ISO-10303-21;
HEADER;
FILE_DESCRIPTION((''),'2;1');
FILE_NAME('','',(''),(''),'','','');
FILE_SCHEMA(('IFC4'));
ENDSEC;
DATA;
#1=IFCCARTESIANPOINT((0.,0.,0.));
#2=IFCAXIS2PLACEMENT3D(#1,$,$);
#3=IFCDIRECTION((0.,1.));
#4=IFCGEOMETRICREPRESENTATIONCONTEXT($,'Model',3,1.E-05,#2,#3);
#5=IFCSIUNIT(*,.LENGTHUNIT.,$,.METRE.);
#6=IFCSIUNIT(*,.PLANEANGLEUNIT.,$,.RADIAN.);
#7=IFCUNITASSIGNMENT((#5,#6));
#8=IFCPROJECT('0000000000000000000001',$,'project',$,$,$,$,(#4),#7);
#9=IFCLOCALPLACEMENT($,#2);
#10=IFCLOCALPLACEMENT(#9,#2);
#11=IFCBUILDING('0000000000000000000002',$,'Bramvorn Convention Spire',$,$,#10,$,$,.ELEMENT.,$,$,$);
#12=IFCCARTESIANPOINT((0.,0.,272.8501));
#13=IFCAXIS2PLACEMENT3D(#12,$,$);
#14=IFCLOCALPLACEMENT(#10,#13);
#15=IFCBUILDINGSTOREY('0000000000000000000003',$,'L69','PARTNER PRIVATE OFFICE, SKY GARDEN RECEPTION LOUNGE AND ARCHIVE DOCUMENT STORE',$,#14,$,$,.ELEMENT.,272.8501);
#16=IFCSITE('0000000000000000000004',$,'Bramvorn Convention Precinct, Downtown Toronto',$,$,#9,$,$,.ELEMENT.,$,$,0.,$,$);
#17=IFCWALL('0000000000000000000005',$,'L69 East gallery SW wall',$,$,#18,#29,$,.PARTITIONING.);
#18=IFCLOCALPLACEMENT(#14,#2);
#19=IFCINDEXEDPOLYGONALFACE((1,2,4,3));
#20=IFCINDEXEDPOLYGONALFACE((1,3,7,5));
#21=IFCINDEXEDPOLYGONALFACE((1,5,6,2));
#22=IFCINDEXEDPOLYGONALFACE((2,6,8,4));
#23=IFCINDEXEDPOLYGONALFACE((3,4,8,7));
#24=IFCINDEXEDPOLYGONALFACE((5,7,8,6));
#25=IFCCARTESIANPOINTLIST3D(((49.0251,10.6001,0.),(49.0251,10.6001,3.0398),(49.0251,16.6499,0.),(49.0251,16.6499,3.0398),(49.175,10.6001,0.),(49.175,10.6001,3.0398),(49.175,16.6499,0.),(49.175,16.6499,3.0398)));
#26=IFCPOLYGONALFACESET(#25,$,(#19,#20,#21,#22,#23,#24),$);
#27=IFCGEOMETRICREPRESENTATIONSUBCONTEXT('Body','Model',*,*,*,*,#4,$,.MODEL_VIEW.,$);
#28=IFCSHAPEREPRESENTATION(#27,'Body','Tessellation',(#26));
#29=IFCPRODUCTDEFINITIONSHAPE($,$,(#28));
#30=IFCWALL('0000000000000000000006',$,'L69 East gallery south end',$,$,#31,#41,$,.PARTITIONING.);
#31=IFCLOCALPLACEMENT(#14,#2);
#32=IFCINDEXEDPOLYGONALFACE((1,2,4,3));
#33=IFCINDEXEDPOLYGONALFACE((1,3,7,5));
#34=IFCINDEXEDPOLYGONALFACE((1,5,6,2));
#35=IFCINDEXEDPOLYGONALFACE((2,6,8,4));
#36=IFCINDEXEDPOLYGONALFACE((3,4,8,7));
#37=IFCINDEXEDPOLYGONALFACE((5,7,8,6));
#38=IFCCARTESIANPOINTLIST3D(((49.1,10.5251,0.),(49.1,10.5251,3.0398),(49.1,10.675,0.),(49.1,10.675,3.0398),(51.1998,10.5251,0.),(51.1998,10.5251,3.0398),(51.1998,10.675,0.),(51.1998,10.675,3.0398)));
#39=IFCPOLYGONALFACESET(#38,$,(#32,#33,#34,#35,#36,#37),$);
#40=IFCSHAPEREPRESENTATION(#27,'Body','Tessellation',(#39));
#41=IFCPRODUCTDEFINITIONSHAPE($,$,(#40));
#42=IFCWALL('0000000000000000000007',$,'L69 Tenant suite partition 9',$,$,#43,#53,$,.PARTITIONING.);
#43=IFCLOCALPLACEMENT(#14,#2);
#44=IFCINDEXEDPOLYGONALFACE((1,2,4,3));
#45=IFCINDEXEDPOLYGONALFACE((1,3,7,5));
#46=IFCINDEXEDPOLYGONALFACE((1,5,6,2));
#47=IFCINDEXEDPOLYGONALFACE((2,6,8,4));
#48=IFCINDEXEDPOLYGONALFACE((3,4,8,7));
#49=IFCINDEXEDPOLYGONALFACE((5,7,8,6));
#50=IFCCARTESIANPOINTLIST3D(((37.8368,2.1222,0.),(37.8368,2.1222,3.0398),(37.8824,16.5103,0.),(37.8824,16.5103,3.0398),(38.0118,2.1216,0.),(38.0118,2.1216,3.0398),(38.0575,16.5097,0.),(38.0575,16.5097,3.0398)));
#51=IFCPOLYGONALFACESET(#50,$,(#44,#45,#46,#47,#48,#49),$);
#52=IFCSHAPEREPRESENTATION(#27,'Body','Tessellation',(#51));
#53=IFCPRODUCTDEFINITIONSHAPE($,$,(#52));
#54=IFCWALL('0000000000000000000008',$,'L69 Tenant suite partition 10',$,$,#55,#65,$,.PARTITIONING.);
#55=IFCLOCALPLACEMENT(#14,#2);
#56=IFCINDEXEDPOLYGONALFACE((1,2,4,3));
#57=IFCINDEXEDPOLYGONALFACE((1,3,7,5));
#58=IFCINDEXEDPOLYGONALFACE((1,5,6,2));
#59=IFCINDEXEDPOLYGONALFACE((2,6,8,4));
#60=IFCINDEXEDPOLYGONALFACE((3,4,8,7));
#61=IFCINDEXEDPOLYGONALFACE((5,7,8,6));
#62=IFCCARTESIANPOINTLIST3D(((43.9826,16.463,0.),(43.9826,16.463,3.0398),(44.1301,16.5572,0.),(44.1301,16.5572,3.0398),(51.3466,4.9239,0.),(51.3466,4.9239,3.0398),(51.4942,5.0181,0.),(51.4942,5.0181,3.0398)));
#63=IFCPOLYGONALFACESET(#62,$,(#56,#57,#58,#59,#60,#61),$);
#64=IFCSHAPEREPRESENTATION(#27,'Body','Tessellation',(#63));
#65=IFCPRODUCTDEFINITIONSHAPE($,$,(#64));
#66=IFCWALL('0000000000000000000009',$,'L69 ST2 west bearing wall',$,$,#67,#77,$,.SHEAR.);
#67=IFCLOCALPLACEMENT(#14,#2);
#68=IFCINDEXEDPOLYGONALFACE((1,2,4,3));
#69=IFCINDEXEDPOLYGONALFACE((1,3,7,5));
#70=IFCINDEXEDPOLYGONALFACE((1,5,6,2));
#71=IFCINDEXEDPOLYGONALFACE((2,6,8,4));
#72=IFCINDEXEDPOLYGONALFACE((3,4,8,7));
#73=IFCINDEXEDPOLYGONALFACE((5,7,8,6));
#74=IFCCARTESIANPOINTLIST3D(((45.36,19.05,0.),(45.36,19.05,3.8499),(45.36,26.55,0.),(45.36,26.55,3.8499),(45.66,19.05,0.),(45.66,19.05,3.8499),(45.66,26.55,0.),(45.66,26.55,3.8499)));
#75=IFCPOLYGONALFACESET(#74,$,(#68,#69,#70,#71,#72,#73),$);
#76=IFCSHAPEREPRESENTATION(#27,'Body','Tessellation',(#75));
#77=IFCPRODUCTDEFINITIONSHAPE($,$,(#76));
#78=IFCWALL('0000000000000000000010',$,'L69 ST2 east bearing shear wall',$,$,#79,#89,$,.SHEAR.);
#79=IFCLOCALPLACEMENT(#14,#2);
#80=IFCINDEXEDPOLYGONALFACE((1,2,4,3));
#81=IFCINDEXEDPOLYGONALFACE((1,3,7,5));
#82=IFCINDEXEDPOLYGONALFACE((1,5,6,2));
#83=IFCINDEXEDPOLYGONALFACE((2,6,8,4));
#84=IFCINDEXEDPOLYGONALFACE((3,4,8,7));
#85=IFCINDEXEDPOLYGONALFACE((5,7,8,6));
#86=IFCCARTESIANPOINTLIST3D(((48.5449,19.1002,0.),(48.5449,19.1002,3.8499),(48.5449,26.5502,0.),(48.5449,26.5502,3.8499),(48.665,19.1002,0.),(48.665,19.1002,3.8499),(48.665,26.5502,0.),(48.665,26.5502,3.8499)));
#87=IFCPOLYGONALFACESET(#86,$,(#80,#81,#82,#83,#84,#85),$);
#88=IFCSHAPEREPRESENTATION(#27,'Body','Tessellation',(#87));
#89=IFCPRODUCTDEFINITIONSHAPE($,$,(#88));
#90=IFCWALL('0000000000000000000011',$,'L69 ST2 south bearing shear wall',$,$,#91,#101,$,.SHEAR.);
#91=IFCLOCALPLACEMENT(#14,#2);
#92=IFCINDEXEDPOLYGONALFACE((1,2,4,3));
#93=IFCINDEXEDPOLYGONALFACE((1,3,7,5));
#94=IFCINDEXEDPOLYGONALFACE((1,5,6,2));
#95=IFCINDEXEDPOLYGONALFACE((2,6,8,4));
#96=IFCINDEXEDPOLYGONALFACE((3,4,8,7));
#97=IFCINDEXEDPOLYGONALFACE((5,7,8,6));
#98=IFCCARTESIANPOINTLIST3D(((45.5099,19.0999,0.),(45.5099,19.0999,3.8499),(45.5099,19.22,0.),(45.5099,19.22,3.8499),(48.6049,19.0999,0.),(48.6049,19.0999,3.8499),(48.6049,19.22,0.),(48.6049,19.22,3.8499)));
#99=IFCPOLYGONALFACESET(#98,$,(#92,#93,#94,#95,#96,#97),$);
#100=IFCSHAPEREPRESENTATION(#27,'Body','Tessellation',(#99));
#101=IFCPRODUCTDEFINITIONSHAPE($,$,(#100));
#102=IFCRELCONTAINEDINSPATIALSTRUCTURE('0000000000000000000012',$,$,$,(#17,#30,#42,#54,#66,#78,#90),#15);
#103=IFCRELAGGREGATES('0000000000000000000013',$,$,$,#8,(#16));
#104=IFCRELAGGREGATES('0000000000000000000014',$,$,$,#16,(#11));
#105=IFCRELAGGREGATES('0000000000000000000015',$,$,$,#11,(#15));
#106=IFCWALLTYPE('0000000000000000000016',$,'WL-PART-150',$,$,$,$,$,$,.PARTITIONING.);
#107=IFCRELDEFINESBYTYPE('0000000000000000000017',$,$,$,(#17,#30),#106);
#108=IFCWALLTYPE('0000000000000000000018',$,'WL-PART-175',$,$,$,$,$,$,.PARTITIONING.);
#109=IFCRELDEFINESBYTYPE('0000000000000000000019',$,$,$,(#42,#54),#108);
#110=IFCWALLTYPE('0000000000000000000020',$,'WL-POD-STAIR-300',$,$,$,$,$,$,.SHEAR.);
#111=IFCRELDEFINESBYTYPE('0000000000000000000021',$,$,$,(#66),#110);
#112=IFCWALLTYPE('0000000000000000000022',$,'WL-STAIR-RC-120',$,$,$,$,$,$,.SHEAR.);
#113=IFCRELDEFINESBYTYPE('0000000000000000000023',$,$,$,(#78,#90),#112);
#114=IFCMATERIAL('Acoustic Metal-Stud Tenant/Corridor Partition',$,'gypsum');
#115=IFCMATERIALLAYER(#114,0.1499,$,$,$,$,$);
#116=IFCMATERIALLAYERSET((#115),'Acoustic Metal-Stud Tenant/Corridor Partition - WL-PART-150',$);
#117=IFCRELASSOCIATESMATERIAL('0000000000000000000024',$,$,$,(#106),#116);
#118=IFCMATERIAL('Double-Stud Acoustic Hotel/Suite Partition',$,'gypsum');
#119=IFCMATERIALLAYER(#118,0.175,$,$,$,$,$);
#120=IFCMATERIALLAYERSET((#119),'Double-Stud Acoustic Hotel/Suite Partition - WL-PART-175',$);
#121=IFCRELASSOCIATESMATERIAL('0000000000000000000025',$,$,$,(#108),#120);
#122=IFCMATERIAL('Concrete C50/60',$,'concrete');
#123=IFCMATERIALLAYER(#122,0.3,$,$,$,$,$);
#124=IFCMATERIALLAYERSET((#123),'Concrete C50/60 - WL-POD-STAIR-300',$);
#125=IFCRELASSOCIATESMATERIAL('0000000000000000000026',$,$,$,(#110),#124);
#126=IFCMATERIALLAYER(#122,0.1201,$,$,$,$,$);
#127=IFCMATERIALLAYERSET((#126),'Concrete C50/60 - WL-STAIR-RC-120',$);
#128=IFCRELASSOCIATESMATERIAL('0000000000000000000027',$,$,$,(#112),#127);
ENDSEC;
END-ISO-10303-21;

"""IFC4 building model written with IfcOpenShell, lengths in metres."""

from ifc_helpers import new_model, si_unit, direction, frame, frame_2d, origin, place, context, subcontext, project, spatial, rectangle, extrude, material, layer, layer_set, type_object, element, save


model = new_model("IFC4")

# Units and contexts
model_context = context("Model", 3, precision=1e-05, world=origin(), true_north=direction((0.0, 1.0)))
body_context = subcontext(model_context, "Body", "Model", "MODEL_VIEW")
ifc_project = project(units=[si_unit("LENGTHUNIT", "METRE"), si_unit("PLANEANGLEUNIT", "RADIAN")], contexts=[model_context])

# Site, building, storey
site_placement = place(None, origin())
site = spatial("IfcSite", under=ifc_project, at=site_placement, Name="Bramvorn Convention Precinct, Downtown Toronto", CompositionType="ELEMENT", RefElevation=0.0)
building_placement = place(site_placement, origin())
building = spatial("IfcBuilding", under=site, at=building_placement, Name="Bramvorn Convention Spire", CompositionType="ELEMENT")
storey_placement = place(building_placement, frame((0.0, 0.0, 272.8501)))
storey = spatial("IfcBuildingStorey", under=building, at=storey_placement, Name="L69", Description="PARTNER PRIVATE OFFICE, SKY GARDEN RECEPTION LOUNGE AND ARCHIVE DOCUMENT STORE", CompositionType="ELEMENT", Elevation=272.8501)

# Shared definitions
ifc_material_1 = material(Name="Concrete C50/60", Category="concrete")

# Shared definitions
ifc_material_2 = material(Name="Acoustic Metal-Stud Tenant/Corridor Partition", Category="gypsum")
ifc_layer_1 = layer(ifc_material_2, 0.1499)
ifc_layer_set_1 = layer_set([ifc_layer_1], Name="Acoustic Metal-Stud Tenant/Corridor Partition - WL-PART-150")
wall_type_1 = type_object("IfcWallType", Name="WL-PART-150", PredefinedType="PARTITIONING", material=ifc_layer_set_1)

# Walls
wall_1_placement = place(storey_placement, frame((49.1001, 10.6001, 0.0), z_axis=(0.0, 0.0, 1.0), x_axis=(0.0, 1.0, 0.0)))
element("IfcWall", 1, at=wall_1_placement, inside=storey, type_object=wall_type_1, Name="L69 East gallery SW wall", PredefinedType="PARTITIONING", context=body_context, shape_type="SweptSolid", body=[
    extrude(rectangle(XDim=6.0498, YDim=0.1499, at=frame_2d((3.0249, 0.0))), origin(), (0.0, 0.0, 1.0), 3.0398),
])
wall_2_placement = place(storey_placement, frame((49.1001, 10.6001, 0.0), z_axis=(0.0, 0.0, 1.0), x_axis=(1.0, 0.0, 0.0)))
element("IfcWall", 2, at=wall_2_placement, inside=storey, type_object=wall_type_1, Name="L69 East gallery south end", PredefinedType="PARTITIONING", context=body_context, shape_type="SweptSolid", body=[
    extrude(rectangle(XDim=2.0999, YDim=0.1499, at=frame_2d((1.0498, 0.0))), origin(), (0.0, 0.0, 1.0), 3.0398),
])
ifc_material_3 = material(Name="Double-Stud Acoustic Hotel/Suite Partition", Category="gypsum")
ifc_layer_2 = layer(ifc_material_3, 0.175)
ifc_layer_set_2 = layer_set([ifc_layer_2], Name="Double-Stud Acoustic Hotel/Suite Partition - WL-PART-175")
wall_type_2 = type_object("IfcWallType", Name="WL-PART-175", PredefinedType="PARTITIONING", material=ifc_layer_set_2)
wall_3_placement = place(storey_placement, frame((37.97, 16.51, 0.0), z_axis=(0.0, 0.0, 1.0), x_axis=(-0.003173, -0.999995, 0.0)))
element("IfcWall", 3, at=wall_3_placement, inside=storey, type_object=wall_type_2, Name="L69 Tenant suite partition 9", PredefinedType="PARTITIONING", context=body_context, shape_type="SweptSolid", body=[
    extrude(rectangle(XDim=14.3882, YDim=0.175, at=frame_2d((7.1941, 0.0))), origin(), (0.0, 0.0, 1.0), 3.0398),
])
wall_4_placement = place(storey_placement, frame((44.0564, 16.51, 0.0), z_axis=(0.0, 0.0, 1.0), x_axis=(0.537966, -0.842967, 0.0)))
element("IfcWall", 4, at=wall_4_placement, inside=storey, type_object=wall_type_2, Name="L69 Tenant suite partition 10", PredefinedType="PARTITIONING", context=body_context, shape_type="SweptSolid", body=[
    extrude(rectangle(XDim=13.6887, YDim=0.175, at=frame_2d((6.8442, 0.0))), origin(), (0.0, 0.0, 1.0), 3.0398),
])
ifc_layer_3 = layer(ifc_material_1, 0.3)
ifc_layer_set_3 = layer_set([ifc_layer_3], Name="Concrete C50/60 - WL-POD-STAIR-300")
wall_type_3 = type_object("IfcWallType", Name="WL-POD-STAIR-300", PredefinedType="SHEAR", material=ifc_layer_set_3)
wall_5_placement = place(storey_placement, frame((45.51, 19.05, 0.0), z_axis=(0.0, 0.0, 1.0), x_axis=(0.0, 1.0, 0.0)))
element("IfcWall", 5, at=wall_5_placement, inside=storey, type_object=wall_type_3, Name="L69 ST2 west bearing wall", PredefinedType="SHEAR", context=body_context, shape_type="SweptSolid", body=[
    extrude(rectangle(XDim=7.5, YDim=0.3, at=frame_2d((3.75, 0.0))), origin(), (0.0, 0.0, 1.0), 3.8499),
])
ifc_layer_4 = layer(ifc_material_1, 0.1201)
ifc_layer_set_4 = layer_set([ifc_layer_4], Name="Concrete C50/60 - WL-STAIR-RC-120")
wall_type_4 = type_object("IfcWallType", Name="WL-STAIR-RC-120", PredefinedType="SHEAR", material=ifc_layer_set_4)
wall_6_placement = place(storey_placement, frame((48.605, 19.1001, 0.0), z_axis=(0.0, 0.0, 1.0), x_axis=(0.0, 1.0, 0.0)))
element("IfcWall", 6, at=wall_6_placement, inside=storey, type_object=wall_type_4, Name="L69 ST2 east bearing shear wall", PredefinedType="SHEAR", context=body_context, shape_type="SweptSolid", body=[
    extrude(rectangle(XDim=7.45, YDim=0.1201, at=frame_2d((3.7251, 0.0))), origin(), (0.0, 0.0, 1.0), 3.8499),
])
wall_7_placement = place(storey_placement, frame((45.51, 19.1599, 0.0), z_axis=(0.0, 0.0, 1.0), x_axis=(1.0, 0.0, 0.0)))
element("IfcWall", 7, at=wall_7_placement, inside=storey, type_object=wall_type_4, Name="L69 ST2 south bearing shear wall", PredefinedType="SHEAR", context=body_context, shape_type="SweptSolid", body=[
    extrude(rectangle(XDim=3.095, YDim=0.1201, at=frame_2d((1.5474, 0.0))), origin(), (0.0, 0.0, 1.0), 3.8499),
])

save(model, "model.ifc")
